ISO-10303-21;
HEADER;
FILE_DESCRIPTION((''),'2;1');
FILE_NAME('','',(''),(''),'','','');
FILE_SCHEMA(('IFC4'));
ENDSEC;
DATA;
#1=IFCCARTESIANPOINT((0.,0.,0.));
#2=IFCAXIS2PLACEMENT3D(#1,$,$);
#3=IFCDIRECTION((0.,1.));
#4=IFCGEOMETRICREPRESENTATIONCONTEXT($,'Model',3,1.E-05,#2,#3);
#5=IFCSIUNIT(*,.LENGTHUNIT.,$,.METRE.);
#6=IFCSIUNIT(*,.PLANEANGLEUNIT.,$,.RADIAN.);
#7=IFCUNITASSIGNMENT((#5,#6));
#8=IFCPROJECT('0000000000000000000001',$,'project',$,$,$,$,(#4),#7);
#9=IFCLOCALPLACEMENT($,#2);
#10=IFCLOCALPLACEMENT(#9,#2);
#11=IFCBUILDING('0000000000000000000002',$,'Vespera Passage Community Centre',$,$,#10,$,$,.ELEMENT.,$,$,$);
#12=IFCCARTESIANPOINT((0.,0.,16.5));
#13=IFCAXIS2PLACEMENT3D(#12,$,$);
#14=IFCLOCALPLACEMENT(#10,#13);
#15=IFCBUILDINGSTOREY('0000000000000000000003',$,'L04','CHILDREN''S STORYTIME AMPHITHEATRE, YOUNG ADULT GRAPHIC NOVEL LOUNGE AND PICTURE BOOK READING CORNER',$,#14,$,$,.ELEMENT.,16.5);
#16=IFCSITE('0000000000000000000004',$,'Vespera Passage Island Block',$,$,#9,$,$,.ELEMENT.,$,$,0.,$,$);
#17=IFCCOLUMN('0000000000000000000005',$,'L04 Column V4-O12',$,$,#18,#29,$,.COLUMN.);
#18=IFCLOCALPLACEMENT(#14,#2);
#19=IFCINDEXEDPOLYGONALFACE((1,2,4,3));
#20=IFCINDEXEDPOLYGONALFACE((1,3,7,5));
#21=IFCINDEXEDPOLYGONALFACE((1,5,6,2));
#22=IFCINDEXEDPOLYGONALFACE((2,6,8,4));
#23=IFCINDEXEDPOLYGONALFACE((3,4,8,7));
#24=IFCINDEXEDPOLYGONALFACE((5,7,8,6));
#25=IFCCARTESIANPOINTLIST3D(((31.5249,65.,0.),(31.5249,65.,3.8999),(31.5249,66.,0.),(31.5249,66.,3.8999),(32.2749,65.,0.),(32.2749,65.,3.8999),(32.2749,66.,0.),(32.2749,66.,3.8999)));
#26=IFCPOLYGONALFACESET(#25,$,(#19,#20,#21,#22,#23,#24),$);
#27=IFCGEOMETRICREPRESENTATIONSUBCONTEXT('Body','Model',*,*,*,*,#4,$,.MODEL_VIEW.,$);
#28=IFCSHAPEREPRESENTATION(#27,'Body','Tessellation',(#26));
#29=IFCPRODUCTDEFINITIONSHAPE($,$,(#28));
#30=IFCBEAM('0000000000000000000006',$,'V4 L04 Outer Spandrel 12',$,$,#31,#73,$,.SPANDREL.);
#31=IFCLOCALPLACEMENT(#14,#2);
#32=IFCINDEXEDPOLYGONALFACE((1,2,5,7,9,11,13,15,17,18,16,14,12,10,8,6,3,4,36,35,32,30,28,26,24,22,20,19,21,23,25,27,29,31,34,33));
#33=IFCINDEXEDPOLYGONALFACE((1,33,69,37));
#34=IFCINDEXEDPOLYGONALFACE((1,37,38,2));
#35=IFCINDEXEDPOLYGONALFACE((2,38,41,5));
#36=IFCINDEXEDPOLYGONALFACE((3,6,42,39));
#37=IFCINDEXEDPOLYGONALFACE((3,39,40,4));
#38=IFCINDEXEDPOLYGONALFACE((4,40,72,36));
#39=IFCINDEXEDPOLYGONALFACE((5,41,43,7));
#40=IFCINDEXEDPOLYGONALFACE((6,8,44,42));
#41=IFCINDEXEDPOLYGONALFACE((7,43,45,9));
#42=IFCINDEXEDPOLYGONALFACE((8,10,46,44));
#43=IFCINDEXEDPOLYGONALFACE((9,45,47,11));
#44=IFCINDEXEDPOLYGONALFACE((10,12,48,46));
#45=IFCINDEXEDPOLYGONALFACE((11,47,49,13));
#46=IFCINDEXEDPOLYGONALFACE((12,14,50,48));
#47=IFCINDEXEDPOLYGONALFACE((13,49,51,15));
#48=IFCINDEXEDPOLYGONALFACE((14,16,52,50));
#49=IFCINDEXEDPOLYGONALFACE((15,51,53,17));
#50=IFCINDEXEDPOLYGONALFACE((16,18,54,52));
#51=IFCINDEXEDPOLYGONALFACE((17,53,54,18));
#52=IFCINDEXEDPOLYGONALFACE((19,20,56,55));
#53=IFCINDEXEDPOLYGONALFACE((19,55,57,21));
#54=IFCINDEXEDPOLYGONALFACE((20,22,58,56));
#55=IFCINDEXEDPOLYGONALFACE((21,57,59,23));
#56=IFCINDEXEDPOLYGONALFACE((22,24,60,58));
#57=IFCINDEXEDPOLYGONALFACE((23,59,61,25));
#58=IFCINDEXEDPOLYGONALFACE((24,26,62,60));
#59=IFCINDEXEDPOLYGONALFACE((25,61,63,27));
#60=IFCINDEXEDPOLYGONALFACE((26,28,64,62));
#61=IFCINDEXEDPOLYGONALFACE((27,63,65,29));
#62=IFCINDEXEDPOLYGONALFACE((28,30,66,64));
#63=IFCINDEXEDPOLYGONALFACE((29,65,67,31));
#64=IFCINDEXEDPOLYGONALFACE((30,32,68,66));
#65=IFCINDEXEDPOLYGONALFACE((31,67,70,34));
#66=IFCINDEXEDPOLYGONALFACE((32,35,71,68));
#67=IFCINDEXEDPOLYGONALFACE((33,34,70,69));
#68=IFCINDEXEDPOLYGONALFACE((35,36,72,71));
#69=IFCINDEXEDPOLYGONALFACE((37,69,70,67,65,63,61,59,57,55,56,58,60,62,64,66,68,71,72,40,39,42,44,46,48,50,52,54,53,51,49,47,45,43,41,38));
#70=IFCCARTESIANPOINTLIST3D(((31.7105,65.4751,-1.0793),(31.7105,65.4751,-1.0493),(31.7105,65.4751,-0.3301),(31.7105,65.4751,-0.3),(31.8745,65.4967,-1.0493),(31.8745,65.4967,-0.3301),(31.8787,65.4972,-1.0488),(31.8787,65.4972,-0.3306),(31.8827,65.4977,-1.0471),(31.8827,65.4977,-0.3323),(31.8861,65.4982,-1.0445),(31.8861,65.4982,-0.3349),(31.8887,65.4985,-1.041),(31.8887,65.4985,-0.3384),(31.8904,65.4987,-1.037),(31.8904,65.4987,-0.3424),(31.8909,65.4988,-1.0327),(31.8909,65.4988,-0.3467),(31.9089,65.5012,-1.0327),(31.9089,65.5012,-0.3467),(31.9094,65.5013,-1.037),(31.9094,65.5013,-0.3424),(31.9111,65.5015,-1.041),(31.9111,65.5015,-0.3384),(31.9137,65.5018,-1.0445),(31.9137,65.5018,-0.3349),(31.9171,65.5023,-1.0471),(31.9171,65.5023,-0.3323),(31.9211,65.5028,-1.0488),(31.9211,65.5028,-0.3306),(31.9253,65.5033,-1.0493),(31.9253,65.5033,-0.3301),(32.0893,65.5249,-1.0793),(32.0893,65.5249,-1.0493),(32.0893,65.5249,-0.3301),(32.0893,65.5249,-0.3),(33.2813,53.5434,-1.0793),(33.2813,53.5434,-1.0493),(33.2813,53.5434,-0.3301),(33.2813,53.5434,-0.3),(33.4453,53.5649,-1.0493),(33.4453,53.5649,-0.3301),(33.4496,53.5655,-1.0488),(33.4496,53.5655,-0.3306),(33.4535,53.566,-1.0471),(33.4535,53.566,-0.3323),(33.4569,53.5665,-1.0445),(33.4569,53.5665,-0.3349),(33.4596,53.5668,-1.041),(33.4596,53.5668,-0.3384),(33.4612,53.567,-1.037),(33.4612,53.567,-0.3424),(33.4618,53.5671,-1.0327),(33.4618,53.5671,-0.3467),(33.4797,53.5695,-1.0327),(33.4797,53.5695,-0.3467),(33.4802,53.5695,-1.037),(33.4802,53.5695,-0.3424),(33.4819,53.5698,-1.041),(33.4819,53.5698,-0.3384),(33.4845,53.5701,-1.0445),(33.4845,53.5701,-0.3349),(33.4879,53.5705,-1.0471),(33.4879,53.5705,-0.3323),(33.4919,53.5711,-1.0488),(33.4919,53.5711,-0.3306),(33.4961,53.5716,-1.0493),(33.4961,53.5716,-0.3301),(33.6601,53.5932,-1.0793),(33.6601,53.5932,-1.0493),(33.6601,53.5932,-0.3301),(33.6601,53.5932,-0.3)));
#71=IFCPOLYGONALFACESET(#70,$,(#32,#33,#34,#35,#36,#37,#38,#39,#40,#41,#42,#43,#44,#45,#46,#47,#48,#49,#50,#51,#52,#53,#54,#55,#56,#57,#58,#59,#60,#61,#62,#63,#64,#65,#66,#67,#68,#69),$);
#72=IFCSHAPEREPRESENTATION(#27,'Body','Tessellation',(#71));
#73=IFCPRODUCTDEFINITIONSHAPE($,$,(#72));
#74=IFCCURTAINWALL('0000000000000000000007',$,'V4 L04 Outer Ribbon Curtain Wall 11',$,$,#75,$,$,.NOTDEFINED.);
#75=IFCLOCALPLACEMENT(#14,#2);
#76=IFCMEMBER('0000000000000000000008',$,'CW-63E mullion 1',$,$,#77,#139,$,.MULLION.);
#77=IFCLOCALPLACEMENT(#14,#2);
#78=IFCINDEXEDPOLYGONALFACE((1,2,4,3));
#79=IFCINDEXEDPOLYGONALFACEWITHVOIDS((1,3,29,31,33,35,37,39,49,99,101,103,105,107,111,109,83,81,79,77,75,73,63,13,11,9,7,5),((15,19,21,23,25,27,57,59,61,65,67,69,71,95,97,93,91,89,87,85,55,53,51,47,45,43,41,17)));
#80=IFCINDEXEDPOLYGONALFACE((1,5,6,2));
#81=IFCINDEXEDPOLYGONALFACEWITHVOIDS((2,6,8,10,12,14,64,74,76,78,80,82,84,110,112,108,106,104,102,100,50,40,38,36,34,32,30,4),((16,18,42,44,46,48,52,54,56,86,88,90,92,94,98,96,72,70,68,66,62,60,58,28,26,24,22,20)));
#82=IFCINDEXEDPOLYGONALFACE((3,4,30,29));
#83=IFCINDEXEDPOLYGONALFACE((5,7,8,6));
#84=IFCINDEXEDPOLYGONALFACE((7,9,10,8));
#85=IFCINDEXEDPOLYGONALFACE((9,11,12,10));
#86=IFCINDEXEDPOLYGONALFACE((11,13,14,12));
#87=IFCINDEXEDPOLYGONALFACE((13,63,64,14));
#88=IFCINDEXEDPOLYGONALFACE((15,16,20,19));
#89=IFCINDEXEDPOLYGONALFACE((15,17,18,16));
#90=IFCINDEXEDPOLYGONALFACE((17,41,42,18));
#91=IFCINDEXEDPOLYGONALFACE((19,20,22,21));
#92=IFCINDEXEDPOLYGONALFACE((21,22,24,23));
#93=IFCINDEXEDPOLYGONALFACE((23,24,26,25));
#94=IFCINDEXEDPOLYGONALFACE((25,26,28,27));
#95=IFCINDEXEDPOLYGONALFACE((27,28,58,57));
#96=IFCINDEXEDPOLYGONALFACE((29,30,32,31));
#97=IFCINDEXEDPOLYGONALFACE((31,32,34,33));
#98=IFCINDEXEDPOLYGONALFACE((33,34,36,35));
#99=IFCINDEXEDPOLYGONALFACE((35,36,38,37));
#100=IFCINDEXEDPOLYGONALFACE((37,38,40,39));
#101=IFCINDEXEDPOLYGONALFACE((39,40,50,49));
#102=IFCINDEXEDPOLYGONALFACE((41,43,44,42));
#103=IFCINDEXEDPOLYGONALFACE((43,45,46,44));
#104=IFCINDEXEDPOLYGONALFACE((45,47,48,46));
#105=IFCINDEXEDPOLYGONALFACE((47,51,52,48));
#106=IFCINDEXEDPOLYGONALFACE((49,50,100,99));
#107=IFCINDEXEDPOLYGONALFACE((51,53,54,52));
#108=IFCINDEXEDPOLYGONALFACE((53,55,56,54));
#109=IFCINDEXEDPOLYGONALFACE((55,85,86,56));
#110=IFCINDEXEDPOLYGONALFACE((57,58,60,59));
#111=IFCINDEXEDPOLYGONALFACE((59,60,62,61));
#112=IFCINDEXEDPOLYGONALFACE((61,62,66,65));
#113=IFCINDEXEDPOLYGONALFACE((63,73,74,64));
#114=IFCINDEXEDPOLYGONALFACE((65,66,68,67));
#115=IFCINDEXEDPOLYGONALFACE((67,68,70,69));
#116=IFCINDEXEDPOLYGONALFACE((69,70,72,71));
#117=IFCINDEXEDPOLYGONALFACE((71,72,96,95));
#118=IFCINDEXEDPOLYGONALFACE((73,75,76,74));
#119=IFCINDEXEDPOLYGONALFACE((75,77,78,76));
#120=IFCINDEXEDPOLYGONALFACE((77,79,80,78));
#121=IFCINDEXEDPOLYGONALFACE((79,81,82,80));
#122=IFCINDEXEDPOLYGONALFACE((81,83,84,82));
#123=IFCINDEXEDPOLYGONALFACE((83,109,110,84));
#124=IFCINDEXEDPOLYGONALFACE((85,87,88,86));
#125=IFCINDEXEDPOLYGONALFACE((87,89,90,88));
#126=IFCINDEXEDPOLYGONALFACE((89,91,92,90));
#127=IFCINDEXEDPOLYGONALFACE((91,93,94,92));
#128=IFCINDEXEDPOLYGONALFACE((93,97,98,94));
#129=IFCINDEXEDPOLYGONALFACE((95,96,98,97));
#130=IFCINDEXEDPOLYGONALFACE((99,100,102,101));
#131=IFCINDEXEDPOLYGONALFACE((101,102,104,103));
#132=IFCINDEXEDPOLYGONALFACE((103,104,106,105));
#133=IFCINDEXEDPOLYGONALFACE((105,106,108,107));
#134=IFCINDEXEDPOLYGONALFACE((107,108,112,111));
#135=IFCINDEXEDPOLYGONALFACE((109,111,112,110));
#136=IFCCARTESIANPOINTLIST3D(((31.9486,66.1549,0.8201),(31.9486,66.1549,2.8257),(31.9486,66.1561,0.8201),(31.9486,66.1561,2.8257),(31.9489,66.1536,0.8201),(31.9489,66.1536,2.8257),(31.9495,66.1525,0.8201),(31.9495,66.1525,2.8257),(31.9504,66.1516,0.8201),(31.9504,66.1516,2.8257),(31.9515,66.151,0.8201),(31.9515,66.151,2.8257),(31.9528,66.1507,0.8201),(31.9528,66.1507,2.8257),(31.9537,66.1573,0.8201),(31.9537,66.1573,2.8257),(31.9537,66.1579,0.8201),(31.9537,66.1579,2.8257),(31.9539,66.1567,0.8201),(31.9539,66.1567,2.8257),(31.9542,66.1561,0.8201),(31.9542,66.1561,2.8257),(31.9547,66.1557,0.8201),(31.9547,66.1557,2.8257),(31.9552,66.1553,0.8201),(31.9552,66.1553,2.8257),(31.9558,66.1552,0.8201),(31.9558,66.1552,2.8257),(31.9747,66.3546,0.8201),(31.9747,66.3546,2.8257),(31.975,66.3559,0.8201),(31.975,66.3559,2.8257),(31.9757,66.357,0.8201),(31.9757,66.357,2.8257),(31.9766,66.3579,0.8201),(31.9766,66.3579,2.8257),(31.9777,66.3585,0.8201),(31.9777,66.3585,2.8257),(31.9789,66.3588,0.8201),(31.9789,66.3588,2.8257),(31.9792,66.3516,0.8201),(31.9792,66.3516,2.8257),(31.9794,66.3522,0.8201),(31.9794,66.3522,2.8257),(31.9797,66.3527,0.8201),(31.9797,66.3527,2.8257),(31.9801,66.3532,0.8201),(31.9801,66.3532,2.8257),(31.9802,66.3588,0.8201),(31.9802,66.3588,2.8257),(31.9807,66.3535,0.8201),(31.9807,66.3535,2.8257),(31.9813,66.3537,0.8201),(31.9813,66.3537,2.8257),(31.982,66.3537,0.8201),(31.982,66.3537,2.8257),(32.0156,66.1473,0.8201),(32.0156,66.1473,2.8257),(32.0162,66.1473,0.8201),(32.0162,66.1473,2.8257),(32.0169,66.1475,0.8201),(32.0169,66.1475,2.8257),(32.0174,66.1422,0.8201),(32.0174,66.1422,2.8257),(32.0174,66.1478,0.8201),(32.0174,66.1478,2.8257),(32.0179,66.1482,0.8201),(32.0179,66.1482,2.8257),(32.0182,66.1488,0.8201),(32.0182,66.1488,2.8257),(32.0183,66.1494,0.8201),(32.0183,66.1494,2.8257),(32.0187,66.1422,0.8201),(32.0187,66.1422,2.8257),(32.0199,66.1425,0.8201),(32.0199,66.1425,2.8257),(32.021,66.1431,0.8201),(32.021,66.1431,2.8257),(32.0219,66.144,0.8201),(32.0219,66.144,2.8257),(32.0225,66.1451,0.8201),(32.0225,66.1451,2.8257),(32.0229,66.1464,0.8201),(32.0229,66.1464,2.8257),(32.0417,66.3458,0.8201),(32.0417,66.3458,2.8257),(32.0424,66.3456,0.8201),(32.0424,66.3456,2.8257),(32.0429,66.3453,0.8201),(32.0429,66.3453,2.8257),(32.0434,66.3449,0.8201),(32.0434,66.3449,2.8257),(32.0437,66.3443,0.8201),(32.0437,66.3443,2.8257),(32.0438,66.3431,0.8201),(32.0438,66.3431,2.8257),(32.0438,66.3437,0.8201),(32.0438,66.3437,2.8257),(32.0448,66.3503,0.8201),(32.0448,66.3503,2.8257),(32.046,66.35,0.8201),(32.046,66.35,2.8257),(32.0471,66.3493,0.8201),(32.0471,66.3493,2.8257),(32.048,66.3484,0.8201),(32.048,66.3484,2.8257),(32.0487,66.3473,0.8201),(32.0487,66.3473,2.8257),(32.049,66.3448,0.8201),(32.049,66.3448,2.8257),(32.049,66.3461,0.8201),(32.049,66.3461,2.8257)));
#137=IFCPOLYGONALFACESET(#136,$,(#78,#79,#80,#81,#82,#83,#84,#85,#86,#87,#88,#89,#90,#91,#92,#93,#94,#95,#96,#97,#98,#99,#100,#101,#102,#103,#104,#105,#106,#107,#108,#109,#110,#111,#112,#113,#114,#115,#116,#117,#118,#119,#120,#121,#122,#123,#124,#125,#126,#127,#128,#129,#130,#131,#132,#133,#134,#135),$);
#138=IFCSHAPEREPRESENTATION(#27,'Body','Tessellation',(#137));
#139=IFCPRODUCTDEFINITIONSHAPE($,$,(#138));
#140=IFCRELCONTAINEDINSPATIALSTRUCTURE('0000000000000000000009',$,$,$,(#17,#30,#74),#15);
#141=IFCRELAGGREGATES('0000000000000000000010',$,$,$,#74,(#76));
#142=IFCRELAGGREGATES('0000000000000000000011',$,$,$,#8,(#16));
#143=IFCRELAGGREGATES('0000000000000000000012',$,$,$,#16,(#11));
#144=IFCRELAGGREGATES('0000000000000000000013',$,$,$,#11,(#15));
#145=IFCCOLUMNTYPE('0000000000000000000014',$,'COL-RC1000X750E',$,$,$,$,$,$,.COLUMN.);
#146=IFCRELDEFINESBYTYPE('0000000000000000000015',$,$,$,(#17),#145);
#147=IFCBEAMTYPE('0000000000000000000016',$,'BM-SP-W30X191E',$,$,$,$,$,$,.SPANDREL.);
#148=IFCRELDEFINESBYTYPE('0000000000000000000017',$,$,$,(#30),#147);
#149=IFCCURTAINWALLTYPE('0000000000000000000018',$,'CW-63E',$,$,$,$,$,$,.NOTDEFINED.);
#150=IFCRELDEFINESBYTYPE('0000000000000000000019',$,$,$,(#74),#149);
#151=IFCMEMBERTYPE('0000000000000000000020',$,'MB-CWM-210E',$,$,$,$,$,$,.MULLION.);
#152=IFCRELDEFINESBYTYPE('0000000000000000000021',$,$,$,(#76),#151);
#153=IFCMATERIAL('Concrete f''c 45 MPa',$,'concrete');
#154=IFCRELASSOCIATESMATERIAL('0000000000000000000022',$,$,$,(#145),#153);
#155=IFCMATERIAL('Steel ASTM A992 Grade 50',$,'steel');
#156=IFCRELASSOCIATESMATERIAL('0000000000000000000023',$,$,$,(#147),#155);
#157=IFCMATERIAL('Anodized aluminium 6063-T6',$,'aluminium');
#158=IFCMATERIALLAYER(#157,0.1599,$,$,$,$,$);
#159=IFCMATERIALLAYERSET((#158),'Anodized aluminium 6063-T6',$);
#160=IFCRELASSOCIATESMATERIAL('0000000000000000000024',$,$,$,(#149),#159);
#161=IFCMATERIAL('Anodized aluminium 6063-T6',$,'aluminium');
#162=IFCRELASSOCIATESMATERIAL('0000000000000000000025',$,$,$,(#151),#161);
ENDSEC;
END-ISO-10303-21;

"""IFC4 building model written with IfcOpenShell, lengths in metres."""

from ifc_helpers import new_model, si_unit, direction, frame, origin, origin_2d, place, context, subcontext, project, spatial, rectangle, hollow_rectangle, i_section, extrude, material, layer, layer_set, material_profile, profile_set, type_object, element, aggregate, save


model = new_model("IFC4")

# Units and contexts
model_context = context("Model", 3, precision=1e-05, world=origin(), true_north=direction((0.0, 1.0)))
body_context = subcontext(model_context, "Body", "Model", "MODEL_VIEW")
ifc_project = project(units=[si_unit("LENGTHUNIT", "METRE"), si_unit("PLANEANGLEUNIT", "RADIAN")], contexts=[model_context])

# Site, building, storey
site_placement = place(None, origin())
site = spatial("IfcSite", under=ifc_project, at=site_placement, Name="Vespera Passage Island Block", CompositionType="ELEMENT", RefElevation=0.0)
building_placement = place(site_placement, origin())
building = spatial("IfcBuilding", under=site, at=building_placement, Name="Vespera Passage Community Centre", CompositionType="ELEMENT")
storey_placement = place(building_placement, frame((0.0, 0.0, 16.5)))
storey = spatial("IfcBuildingStorey", under=building, at=storey_placement, Name="L04", Description="CHILDREN'S STORYTIME AMPHITHEATRE, YOUNG ADULT GRAPHIC NOVEL LOUNGE AND PICTURE BOOK READING CORNER", CompositionType="ELEMENT", Elevation=16.5)

# Column
ifc_material_1 = material(Name="Concrete f'c 45 MPa", Category="concrete")
ifc_material_profile_1 = material_profile(ifc_material_1, rectangle(XDim=0.75, YDim=1.0, at=origin_2d()), Name="RC1000X750")
ifc_profile_set_1 = profile_set([ifc_material_profile_1], Name="Concrete f'c 45 MPa")
column_type = type_object("IfcColumnType", Name="COL-RC1000X750E", PredefinedType="COLUMN", material=ifc_profile_set_1)
column_placement = place(storey_placement, frame((31.8999, 65.5, 0.0), z_axis=(0.0, 0.0, 1.0), x_axis=(1.0, 0.0, 0.0)))
element("IfcColumn", 1, at=column_placement, inside=storey, type_object=column_type, Name="L04 Column V4-O12", PredefinedType="COLUMN", context=body_context, shape_type="SweptSolid", body=[
    extrude(rectangle(XDim=0.75, YDim=1.0, at=origin_2d()), origin(), (0.0, 0.0, 1.0), 3.8999),
])

# Beam
ifc_material_2 = material(Name="Steel ASTM A992 Grade 50", Category="steel")
ifc_material_profile_2 = material_profile(ifc_material_2, i_section(OverallWidth=0.3821, OverallDepth=0.7793, WebThickness=0.0181, FlangeThickness=0.03, FilletRadius=0.0166, at=origin_2d()), Name="W30X191")
ifc_profile_set_2 = profile_set([ifc_material_profile_2], Name="Steel ASTM A992 Grade 50")
beam_type = type_object("IfcBeamType", Name="BM-SP-W30X191E", PredefinedType="SPANDREL", material=ifc_profile_set_2)
beam_placement = place(storey_placement, frame((31.8999, 65.5, -0.6897), z_axis=(0.130524, -0.991445, 0.0), x_axis=(0.991445, 0.130524, 0.0)))
element("IfcBeam", 2, at=beam_placement, inside=storey, type_object=beam_type, Name="V4 L04 Outer Spandrel 12", PredefinedType="SPANDREL", context=body_context, shape_type="SweptSolid", body=[
    extrude(i_section(OverallWidth=0.3821, OverallDepth=0.7793, WebThickness=0.0181, FlangeThickness=0.03, FilletRadius=0.0166, at=origin_2d()), origin(), (0.0, 0.0, 1.0), 12.0347),
])

# Curtain wall, member
ifc_material_3 = material(Name="Anodized aluminium 6063-T6", Category="aluminium")
ifc_layer_1 = layer(ifc_material_3, 0.1599)
ifc_layer_set_1 = layer_set([ifc_layer_1], Name="Anodized aluminium 6063-T6")
curtain_wall_type = type_object("IfcCurtainWallType", Name="CW-63E", PredefinedType="NOTDEFINED", material=ifc_layer_set_1)
curtain_wall_placement = place(storey_placement, origin())
curtain_wall = element("IfcCurtainWall", 3, at=curtain_wall_placement, inside=storey, type_object=curtain_wall_type, Name="V4 L04 Outer Ribbon Curtain Wall 11", PredefinedType="NOTDEFINED")
ifc_material_4 = material(Name="Anodized aluminium 6063-T6", Category="aluminium")
ifc_material_profile_3 = material_profile(ifc_material_4, hollow_rectangle(XDim=0.075, YDim=0.21, WallThickness=0.0049, InnerFilletRadius=0.0024, OuterFilletRadius=0.0049, at=origin_2d()), Name="ALU210X75X5")
ifc_profile_set_3 = profile_set([ifc_material_profile_3], Name="Anodized aluminium 6063-T6")
member_type_1 = type_object("IfcMemberType", Name="MB-CWM-210E", PredefinedType="MULLION", material=ifc_profile_set_3)
member_1_placement = place(storey_placement, frame((31.9988, 66.2505, 0.8201), z_axis=(0.0, 0.0, 1.0), x_axis=(-0.991445, 0.130523, 0.0)))
member_1 = element("IfcMember", 4, at=member_1_placement, type_object=member_type_1, Name="CW-63E mullion 1", PredefinedType="MULLION", context=body_context, shape_type="SweptSolid", body=[
    extrude(hollow_rectangle(XDim=0.075, YDim=0.21, WallThickness=0.0049, InnerFilletRadius=0.0024, OuterFilletRadius=0.0049, at=origin_2d()), origin(), (0.0, 0.0, 1.0), 2.0056),
])
aggregate(curtain_wall, [member_1])

save(model, "model.ifc")
